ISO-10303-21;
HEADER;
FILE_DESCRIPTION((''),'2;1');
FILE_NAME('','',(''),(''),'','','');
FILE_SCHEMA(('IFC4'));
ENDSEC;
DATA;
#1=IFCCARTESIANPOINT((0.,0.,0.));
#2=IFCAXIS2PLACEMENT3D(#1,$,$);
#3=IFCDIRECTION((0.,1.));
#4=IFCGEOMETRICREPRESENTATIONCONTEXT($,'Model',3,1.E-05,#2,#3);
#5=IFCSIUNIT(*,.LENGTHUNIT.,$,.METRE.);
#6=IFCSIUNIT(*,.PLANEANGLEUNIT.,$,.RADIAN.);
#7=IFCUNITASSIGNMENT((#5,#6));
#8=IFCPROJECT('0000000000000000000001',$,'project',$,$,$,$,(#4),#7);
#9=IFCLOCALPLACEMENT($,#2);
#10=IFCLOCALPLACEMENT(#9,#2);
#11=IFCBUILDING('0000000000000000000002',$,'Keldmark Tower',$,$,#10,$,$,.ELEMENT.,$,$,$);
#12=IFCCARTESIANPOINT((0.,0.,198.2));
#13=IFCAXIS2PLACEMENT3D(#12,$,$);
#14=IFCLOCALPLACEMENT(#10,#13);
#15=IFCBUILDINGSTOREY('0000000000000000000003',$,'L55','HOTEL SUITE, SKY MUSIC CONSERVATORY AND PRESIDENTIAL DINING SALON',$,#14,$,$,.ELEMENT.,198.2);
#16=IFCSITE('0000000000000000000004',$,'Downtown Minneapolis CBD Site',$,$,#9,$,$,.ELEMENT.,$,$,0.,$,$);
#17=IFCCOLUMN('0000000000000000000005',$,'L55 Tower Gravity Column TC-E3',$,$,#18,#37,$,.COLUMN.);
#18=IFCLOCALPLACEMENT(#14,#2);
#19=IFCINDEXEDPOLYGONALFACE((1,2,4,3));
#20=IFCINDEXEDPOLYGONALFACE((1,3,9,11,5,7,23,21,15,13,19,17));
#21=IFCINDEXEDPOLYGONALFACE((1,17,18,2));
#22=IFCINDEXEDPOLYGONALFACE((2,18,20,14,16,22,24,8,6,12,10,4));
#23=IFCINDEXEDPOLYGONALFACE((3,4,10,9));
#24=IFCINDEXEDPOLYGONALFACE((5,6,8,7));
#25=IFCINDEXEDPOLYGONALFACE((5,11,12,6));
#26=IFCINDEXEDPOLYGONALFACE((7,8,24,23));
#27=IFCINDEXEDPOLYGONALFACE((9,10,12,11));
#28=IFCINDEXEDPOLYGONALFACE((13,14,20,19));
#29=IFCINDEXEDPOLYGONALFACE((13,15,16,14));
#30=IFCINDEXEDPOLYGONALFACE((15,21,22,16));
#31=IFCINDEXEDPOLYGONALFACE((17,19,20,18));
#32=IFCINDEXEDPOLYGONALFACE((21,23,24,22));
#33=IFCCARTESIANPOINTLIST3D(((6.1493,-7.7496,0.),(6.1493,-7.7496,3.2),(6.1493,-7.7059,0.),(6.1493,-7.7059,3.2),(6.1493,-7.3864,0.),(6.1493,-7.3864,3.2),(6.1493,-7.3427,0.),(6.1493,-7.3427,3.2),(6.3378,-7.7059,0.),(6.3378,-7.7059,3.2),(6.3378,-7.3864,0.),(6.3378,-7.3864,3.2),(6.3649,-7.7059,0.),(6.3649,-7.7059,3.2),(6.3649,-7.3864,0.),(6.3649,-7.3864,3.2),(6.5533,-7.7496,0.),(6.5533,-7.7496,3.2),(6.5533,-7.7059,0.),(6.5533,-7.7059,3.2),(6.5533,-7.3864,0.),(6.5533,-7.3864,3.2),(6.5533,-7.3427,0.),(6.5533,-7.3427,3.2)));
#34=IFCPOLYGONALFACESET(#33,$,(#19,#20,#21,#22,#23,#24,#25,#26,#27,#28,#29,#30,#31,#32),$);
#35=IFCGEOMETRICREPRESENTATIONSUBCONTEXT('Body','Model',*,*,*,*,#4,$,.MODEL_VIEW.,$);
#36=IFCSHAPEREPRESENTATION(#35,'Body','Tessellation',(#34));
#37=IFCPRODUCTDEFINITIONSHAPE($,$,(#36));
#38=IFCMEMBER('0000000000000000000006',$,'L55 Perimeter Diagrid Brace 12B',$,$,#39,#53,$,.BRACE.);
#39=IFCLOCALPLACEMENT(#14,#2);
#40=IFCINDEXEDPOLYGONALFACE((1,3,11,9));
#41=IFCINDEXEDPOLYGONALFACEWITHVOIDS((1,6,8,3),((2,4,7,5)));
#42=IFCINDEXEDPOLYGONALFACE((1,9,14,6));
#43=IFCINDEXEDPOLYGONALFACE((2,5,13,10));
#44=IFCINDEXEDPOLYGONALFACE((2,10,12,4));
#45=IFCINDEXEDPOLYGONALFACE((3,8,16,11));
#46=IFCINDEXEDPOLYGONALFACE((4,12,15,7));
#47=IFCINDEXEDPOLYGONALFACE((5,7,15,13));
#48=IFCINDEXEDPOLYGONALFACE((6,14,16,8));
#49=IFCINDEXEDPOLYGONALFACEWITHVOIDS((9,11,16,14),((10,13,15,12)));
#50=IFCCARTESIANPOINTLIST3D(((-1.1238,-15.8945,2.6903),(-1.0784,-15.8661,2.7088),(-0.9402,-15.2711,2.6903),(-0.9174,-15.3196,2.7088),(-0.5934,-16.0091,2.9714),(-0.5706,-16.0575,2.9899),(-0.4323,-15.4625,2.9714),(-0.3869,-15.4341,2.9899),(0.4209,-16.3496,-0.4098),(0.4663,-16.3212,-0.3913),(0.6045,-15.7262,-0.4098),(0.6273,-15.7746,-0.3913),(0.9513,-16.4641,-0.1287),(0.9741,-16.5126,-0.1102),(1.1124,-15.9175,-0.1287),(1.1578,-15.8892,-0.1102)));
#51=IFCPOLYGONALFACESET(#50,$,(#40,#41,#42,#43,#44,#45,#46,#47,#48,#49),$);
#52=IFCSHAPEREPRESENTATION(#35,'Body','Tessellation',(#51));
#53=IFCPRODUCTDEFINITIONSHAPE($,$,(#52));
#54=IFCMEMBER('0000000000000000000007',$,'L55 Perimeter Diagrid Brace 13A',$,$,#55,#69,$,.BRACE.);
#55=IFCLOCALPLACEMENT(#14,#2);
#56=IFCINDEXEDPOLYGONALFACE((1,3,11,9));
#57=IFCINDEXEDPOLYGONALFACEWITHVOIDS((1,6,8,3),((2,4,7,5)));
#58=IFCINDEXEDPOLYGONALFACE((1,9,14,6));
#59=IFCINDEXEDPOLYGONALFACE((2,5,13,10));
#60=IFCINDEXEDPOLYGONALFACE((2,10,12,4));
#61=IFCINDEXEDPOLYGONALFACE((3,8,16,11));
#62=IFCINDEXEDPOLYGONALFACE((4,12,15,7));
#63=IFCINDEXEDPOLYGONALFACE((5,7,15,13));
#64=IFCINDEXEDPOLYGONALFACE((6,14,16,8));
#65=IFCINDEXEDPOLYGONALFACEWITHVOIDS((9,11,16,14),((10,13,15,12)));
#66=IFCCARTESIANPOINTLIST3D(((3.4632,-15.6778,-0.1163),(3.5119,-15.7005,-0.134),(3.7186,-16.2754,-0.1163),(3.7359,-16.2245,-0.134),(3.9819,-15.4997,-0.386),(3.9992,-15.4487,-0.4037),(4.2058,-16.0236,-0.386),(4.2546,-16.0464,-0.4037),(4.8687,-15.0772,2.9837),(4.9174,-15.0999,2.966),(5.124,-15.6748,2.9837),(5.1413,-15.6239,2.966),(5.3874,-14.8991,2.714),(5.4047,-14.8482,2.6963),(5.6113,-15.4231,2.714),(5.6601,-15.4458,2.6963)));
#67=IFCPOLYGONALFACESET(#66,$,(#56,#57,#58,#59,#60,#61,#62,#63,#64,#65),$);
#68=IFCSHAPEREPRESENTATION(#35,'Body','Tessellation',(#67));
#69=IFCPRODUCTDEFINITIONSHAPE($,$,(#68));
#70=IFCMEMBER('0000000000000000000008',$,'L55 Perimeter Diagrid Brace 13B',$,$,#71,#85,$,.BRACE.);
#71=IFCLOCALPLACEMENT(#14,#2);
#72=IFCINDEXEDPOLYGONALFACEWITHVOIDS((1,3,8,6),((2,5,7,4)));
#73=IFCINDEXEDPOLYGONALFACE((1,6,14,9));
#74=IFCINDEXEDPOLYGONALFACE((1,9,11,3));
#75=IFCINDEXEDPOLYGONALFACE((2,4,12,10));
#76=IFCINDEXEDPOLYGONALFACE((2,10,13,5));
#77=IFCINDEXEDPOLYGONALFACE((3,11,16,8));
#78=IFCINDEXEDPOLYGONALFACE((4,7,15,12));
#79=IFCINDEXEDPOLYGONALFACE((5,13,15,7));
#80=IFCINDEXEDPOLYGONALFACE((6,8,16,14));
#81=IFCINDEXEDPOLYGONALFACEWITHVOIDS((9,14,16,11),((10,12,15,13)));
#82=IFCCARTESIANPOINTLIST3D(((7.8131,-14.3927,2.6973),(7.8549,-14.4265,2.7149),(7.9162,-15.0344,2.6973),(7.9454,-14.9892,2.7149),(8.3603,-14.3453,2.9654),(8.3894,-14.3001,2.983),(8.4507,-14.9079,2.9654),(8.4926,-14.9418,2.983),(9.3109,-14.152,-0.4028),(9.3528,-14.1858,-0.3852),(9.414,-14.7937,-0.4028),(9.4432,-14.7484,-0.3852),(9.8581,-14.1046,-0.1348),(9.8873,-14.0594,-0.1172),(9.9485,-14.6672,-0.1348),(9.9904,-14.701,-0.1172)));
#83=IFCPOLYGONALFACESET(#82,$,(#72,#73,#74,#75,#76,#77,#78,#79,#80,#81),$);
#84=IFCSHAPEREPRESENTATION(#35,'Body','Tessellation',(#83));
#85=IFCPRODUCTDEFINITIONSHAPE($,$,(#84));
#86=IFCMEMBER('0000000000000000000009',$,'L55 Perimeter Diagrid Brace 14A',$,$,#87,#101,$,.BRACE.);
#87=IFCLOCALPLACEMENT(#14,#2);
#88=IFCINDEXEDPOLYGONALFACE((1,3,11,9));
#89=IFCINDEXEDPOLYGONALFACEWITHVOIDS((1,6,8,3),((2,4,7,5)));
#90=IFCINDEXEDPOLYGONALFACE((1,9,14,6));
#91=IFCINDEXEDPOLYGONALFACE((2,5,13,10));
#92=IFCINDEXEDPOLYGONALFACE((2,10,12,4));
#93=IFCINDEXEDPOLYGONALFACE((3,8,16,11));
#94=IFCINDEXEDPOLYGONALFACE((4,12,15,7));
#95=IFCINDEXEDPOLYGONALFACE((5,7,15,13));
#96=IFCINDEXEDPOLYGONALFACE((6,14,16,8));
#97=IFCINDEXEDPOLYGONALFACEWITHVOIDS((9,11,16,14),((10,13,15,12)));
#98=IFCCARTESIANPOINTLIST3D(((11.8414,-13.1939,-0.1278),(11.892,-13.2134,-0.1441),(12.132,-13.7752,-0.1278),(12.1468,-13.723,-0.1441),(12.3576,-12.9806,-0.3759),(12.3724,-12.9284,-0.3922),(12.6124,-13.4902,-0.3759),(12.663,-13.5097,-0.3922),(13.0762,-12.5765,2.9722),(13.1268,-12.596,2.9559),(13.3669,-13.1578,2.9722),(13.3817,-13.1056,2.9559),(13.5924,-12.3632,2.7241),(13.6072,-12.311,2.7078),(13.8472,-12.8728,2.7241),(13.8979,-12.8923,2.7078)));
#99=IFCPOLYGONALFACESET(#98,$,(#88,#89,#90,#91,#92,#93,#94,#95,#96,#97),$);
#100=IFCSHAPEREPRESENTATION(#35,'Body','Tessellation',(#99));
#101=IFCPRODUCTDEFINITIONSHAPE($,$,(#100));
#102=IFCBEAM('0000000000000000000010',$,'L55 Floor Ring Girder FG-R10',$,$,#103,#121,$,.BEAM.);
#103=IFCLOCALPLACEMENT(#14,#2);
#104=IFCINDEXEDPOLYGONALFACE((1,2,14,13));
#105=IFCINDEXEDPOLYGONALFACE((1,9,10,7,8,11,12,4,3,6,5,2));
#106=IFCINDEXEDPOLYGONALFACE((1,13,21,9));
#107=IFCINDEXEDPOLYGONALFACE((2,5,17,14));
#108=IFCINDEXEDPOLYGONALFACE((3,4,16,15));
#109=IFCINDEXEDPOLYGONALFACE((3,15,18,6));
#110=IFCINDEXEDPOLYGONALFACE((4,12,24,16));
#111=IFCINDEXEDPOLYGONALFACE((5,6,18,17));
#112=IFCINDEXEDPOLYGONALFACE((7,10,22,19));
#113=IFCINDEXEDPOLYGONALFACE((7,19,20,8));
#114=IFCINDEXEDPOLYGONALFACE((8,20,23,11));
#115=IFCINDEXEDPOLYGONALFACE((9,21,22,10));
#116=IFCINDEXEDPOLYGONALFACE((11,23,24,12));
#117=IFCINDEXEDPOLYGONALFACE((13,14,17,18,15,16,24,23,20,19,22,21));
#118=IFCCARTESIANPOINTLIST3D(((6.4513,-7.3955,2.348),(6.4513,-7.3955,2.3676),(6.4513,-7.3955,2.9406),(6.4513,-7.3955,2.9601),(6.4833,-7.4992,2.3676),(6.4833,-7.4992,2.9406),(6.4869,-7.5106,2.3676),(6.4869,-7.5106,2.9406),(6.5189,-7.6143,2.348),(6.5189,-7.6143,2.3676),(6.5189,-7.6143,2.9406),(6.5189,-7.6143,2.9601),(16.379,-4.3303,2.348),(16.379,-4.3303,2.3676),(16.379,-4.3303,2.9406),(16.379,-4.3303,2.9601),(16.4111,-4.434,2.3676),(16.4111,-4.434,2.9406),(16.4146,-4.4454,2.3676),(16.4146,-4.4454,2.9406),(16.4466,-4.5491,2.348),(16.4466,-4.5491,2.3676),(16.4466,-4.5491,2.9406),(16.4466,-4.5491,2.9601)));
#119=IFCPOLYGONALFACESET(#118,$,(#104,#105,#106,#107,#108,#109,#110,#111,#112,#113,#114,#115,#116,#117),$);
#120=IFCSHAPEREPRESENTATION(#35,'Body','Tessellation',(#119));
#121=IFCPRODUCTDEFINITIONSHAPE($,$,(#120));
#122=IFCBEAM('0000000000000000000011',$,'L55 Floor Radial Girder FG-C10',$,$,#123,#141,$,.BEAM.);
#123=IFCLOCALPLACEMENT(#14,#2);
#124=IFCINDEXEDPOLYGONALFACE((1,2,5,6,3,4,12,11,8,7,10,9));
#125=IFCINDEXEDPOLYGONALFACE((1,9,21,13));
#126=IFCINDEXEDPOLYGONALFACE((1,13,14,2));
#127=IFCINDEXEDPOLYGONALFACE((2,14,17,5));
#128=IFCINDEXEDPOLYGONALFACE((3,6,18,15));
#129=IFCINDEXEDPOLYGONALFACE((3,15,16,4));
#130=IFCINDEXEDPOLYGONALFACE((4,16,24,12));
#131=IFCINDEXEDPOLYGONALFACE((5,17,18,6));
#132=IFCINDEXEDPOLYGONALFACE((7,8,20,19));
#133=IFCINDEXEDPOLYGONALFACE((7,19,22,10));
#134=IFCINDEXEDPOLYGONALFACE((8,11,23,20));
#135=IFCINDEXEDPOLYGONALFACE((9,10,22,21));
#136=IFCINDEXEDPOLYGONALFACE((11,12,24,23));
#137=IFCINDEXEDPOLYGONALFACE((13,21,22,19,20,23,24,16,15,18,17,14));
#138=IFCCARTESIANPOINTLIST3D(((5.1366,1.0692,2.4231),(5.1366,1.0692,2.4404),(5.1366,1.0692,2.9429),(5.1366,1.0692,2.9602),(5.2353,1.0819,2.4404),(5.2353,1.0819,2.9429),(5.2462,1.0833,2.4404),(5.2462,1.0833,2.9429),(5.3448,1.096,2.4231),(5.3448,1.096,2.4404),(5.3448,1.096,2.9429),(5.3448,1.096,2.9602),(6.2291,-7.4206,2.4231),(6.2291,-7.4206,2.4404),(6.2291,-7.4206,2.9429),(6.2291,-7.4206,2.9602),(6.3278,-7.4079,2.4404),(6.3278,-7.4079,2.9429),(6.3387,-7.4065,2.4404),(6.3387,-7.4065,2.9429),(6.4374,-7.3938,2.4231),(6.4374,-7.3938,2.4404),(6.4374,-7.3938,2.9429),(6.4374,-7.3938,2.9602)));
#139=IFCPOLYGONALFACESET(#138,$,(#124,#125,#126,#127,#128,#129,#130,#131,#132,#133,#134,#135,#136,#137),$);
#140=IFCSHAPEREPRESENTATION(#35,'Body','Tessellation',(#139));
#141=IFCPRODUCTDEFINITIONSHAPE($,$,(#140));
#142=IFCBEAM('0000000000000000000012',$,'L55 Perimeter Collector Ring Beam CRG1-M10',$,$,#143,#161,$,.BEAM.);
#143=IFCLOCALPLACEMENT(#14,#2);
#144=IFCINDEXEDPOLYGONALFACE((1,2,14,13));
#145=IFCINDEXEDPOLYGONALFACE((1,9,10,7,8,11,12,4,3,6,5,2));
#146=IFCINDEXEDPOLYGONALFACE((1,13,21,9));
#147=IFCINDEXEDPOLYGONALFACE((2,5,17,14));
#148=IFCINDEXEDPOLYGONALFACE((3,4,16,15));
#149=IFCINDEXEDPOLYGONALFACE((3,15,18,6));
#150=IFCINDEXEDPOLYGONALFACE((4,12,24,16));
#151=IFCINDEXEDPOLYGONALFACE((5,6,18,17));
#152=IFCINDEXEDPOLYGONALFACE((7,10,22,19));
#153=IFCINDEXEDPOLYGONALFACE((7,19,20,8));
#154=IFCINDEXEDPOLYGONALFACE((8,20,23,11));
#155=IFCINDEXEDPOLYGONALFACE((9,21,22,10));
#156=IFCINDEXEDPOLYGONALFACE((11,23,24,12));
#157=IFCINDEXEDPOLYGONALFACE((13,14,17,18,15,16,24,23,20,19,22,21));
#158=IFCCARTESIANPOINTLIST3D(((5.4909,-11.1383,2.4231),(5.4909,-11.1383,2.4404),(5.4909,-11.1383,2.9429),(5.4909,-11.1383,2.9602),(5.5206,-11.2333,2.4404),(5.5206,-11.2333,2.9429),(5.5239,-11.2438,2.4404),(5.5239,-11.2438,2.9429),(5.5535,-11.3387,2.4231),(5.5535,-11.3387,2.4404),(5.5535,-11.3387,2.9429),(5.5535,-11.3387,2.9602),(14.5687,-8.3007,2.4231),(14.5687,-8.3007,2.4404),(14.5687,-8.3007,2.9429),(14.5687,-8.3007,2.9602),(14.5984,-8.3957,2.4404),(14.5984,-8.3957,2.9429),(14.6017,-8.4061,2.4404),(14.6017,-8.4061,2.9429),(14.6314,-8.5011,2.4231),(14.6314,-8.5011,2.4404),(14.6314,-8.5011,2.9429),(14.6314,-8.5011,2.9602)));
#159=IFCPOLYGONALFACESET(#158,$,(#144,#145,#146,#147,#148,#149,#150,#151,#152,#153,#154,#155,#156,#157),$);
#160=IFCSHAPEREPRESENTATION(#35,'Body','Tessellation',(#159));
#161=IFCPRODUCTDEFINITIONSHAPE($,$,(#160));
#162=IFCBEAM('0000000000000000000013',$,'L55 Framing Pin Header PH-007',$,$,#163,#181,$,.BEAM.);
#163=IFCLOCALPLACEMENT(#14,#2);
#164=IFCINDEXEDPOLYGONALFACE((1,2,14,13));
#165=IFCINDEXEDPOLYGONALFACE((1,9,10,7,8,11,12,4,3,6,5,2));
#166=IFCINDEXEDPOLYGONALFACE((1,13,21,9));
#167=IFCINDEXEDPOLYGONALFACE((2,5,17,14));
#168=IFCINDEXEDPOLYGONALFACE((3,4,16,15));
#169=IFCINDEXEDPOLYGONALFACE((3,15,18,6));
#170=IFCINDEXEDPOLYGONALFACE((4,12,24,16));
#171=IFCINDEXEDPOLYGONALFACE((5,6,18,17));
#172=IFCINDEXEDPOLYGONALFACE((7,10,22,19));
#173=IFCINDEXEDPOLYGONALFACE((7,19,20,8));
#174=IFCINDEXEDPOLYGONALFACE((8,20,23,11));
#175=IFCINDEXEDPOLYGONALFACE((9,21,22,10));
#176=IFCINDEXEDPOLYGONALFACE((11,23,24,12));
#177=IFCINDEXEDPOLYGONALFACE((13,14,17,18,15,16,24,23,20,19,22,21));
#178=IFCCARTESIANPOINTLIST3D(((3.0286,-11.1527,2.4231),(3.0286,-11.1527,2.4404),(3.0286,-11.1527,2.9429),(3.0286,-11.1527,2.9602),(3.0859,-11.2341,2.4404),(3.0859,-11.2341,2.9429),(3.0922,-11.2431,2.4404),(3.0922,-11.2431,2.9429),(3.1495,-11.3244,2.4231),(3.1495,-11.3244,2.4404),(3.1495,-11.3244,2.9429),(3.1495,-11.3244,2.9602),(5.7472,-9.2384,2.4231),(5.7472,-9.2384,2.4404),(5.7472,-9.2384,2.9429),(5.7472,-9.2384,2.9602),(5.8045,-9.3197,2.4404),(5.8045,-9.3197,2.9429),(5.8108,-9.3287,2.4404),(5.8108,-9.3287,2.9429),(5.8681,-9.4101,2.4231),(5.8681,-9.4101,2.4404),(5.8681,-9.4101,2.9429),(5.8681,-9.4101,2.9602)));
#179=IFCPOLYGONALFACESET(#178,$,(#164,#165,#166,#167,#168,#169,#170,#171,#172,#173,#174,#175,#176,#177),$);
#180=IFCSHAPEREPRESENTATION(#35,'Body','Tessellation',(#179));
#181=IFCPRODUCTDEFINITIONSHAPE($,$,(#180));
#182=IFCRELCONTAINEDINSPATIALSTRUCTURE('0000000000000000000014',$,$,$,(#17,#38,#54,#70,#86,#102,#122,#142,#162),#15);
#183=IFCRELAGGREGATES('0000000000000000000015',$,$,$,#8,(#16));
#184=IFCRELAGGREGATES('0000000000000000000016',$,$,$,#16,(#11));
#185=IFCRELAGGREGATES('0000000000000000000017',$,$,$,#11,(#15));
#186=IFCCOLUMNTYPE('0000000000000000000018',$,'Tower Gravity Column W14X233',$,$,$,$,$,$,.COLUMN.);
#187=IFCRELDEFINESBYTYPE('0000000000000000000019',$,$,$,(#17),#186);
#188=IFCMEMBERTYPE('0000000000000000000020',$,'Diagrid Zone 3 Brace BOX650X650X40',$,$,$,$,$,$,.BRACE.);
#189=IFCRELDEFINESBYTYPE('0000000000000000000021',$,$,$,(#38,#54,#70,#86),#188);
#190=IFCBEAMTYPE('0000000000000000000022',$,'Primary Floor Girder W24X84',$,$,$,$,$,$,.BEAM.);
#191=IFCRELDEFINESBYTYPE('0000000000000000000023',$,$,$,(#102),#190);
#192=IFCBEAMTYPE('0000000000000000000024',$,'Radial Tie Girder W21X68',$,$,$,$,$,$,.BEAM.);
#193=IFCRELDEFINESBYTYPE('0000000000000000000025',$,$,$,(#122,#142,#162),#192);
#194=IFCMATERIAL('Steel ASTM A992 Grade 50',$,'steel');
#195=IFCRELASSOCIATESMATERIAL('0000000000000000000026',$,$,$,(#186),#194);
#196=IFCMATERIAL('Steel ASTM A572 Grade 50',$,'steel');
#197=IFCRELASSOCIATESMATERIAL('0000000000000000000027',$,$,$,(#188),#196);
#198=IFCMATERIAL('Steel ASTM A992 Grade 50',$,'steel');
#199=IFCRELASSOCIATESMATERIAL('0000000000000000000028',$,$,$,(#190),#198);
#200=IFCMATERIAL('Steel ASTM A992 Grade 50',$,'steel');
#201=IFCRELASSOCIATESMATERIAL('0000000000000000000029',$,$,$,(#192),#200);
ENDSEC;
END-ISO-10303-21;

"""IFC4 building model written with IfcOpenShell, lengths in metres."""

from ifc_helpers import new_model, si_unit, direction, frame, origin, origin_2d, place, context, subcontext, project, spatial, hollow_rectangle, i_section, extrude, material, material_profile, profile_set, type_object, element, save


model = new_model("IFC4")

# Units and contexts
model_context = context("Model", 3, precision=1e-05, world=origin(), true_north=direction((0.0, 1.0)))
body_context = subcontext(model_context, "Body", "Model", "MODEL_VIEW")
ifc_project = project(units=[si_unit("LENGTHUNIT", "METRE"), si_unit("PLANEANGLEUNIT", "RADIAN")], contexts=[model_context])

# Site, building, storey
site_placement = place(None, origin())
site = spatial("IfcSite", under=ifc_project, at=site_placement, Name="Downtown Minneapolis CBD Site", CompositionType="ELEMENT", RefElevation=0.0)
building_placement = place(site_placement, origin())
building = spatial("IfcBuilding", under=site, at=building_placement, Name="Keldmark Tower", CompositionType="ELEMENT")
storey_placement = place(building_placement, frame((0.0, 0.0, 198.2)))
storey = spatial("IfcBuildingStorey", under=building, at=storey_placement, Name="L55", Description="HOTEL SUITE, SKY MUSIC CONSERVATORY AND PRESIDENTIAL DINING SALON", CompositionType="ELEMENT", Elevation=198.2)

# Column
ifc_material_1 = material(Name="Steel ASTM A992 Grade 50", Category="steel")
ifc_material_profile_1 = material_profile(ifc_material_1, i_section(OverallWidth=0.4041, OverallDepth=0.407, WebThickness=0.0271, FlangeThickness=0.0437, at=origin_2d()), Name="W14X233")
ifc_profile_set_1 = profile_set([ifc_material_profile_1], Name="Steel ASTM A992 Grade 50")
column_type = type_object("IfcColumnType", Name="Tower Gravity Column W14X233", PredefinedType="COLUMN", material=ifc_profile_set_1)
column_placement = place(storey_placement, frame((6.3513, -7.5461, 0.0), z_axis=(0.0, 0.0, 1.0), x_axis=(1.0, 0.0, 0.0)))
element("IfcColumn", 1, at=column_placement, inside=storey, type_object=column_type, Name="L55 Tower Gravity Column TC-E3", PredefinedType="COLUMN", context=body_context, shape_type="SweptSolid", body=[
    extrude(i_section(OverallWidth=0.4041, OverallDepth=0.407, WebThickness=0.0271, FlangeThickness=0.0437, at=origin_2d()), origin(), (0.0, 0.0, 1.0), 3.2),
])

# Members
ifc_material_2 = material(Name="Steel ASTM A572 Grade 50", Category="steel")
ifc_material_profile_2 = material_profile(ifc_material_2, hollow_rectangle(XDim=0.6499, YDim=0.6499, WallThickness=0.04, at=origin_2d()), Name="BOX650X650X40")
ifc_profile_set_2 = profile_set([ifc_material_profile_2], Name="Steel ASTM A572 Grade 50")
member_type = type_object("IfcMemberType", Name="Diagrid Zone 3 Brace BOX650X650X40", PredefinedType="BRACE", material=ifc_profile_set_2)
member_1_placement = place(storey_placement, frame((0.7893, -16.1194, -0.26), z_axis=(-0.442172, 0.130269, 0.88742), x_axis=(-0.282601, -0.959237, 0.0)))
element("IfcMember", 2, at=member_1_placement, inside=storey, type_object=member_type, Name="L55 Perimeter Diagrid Brace 12B", PredefinedType="BRACE", context=body_context, shape_type="SweptSolid", body=[
    extrude(hollow_rectangle(XDim=0.6499, YDim=0.6499, WallThickness=0.04, at=origin_2d()), origin(), (0.0, 0.0, 1.0), 3.4934),
])
member_2_placement = place(storey_placement, frame((3.8589, -15.8621, -0.26), z_axis=(0.406641, 0.17376, 0.896912), x_axis=(-0.392936, 0.919566, 0.0)))
element("IfcMember", 3, at=member_2_placement, inside=storey, type_object=member_type, Name="L55 Perimeter Diagrid Brace 13A", PredefinedType="BRACE", context=body_context, shape_type="SweptSolid", body=[
    extrude(hollow_rectangle(XDim=0.6499, YDim=0.6499, WallThickness=0.04, at=origin_2d()), origin(), (0.0, 0.0, 1.0), 3.4563),
])
member_3_placement = place(storey_placement, frame((9.6506, -14.4265, -0.26), z_axis=(-0.433973, -0.069747, 0.898222), x_axis=(0.158681, -0.98733, 0.0)))
element("IfcMember", 4, at=member_3_placement, inside=storey, type_object=member_type, Name="L55 Perimeter Diagrid Brace 13B", PredefinedType="BRACE", context=body_context, shape_type="SweptSolid", body=[
    extrude(hollow_rectangle(XDim=0.6499, YDim=0.6499, WallThickness=0.04, at=origin_2d()), origin(), (0.0, 0.0, 1.0), 3.4514),
])
member_4_placement = place(storey_placement, frame((12.2522, -13.3518, -0.26), z_axis=(0.363877, 0.181938, 0.913505), x_axis=(-0.447214, 0.894427, 0.0)))
element("IfcMember", 5, at=member_4_placement, inside=storey, type_object=member_type, Name="L55 Perimeter Diagrid Brace 14A", PredefinedType="BRACE", context=body_context, shape_type="SweptSolid", body=[
    extrude(hollow_rectangle(XDim=0.6499, YDim=0.6499, WallThickness=0.04, at=origin_2d()), origin(), (0.0, 0.0, 1.0), 3.3936),
])

# Beams
ifc_material_3 = material(Name="Steel ASTM A992 Grade 50", Category="steel")
ifc_material_profile_3 = material_profile(ifc_material_3, i_section(OverallWidth=0.229, OverallDepth=0.6121, WebThickness=0.012, FlangeThickness=0.0195, at=origin_2d()), Name="W24X84")
ifc_profile_set_3 = profile_set([ifc_material_profile_3], Name="Steel ASTM A992 Grade 50")
beam_type_1 = type_object("IfcBeamType", Name="Primary Floor Girder W24X84", PredefinedType="BEAM", material=ifc_profile_set_3)
beam_1_placement = place(storey_placement, frame((6.4851, -7.5049, 2.6541), z_axis=(0.955495, 0.295009, 0.0), x_axis=(-0.295009, 0.955495, 0.0)))
element("IfcBeam", 6, at=beam_1_placement, inside=storey, type_object=beam_type_1, Name="L55 Floor Ring Girder FG-R10", PredefinedType="BEAM", context=body_context, shape_type="SweptSolid", body=[
    extrude(i_section(OverallWidth=0.229, OverallDepth=0.6121, WebThickness=0.012, FlangeThickness=0.0195, at=origin_2d()), origin(), (0.0, 0.0, 1.0), 10.3901),
])
ifc_material_4 = material(Name="Steel ASTM A992 Grade 50", Category="steel")
ifc_material_profile_4 = material_profile(ifc_material_4, i_section(OverallWidth=0.21, OverallDepth=0.5371, WebThickness=0.011, FlangeThickness=0.0173, at=origin_2d()), Name="W21X68")
ifc_profile_set_4 = profile_set([ifc_material_profile_4], Name="Steel ASTM A992 Grade 50")
beam_type_2 = type_object("IfcBeamType", Name="Radial Tie Girder W21X68", PredefinedType="BEAM", material=ifc_profile_set_4)
beam_2_placement = place(storey_placement, frame((6.3333, -7.4072, 2.6917), z_axis=(-0.127636, 0.991821, 0.0), x_axis=(-0.991821, -0.127636, 0.0)))
element("IfcBeam", 7, at=beam_2_placement, inside=storey, type_object=beam_type_2, Name="L55 Floor Radial Girder FG-C10", PredefinedType="BEAM", context=body_context, shape_type="SweptSolid", body=[
    extrude(i_section(OverallWidth=0.21, OverallDepth=0.5371, WebThickness=0.011, FlangeThickness=0.0173, at=origin_2d()), origin(), (0.0, 0.0, 1.0), 8.5598),
])
beam_3_placement = place(storey_placement, frame((5.5222, -11.2385, 2.6917), z_axis=(0.954456, 0.298352, 0.0), x_axis=(-0.298352, 0.954456, 0.0)))
element("IfcBeam", 8, at=beam_3_placement, inside=storey, type_object=beam_type_2, Name="L55 Perimeter Collector Ring Beam CRG1-M10", PredefinedType="BEAM", context=body_context, shape_type="SweptSolid", body=[
    extrude(i_section(OverallWidth=0.21, OverallDepth=0.5371, WebThickness=0.011, FlangeThickness=0.0173, at=origin_2d()), origin(), (0.0, 0.0, 1.0), 9.511),
])
beam_4_placement = place(storey_placement, frame((5.8076, -9.3242, 2.6917), z_axis=(-0.817625, -0.575752, 0.0), x_axis=(0.575752, -0.817625, 0.0)))
element("IfcBeam", 9, at=beam_4_placement, inside=storey, type_object=beam_type_2, Name="L55 Framing Pin Header PH-007", PredefinedType="BEAM", context=body_context, shape_type="SweptSolid", body=[
    extrude(i_section(OverallWidth=0.21, OverallDepth=0.5371, WebThickness=0.011, FlangeThickness=0.0173, at=origin_2d()), origin(), (0.0, 0.0, 1.0), 3.325),
])

save(model, "model.ifc")
